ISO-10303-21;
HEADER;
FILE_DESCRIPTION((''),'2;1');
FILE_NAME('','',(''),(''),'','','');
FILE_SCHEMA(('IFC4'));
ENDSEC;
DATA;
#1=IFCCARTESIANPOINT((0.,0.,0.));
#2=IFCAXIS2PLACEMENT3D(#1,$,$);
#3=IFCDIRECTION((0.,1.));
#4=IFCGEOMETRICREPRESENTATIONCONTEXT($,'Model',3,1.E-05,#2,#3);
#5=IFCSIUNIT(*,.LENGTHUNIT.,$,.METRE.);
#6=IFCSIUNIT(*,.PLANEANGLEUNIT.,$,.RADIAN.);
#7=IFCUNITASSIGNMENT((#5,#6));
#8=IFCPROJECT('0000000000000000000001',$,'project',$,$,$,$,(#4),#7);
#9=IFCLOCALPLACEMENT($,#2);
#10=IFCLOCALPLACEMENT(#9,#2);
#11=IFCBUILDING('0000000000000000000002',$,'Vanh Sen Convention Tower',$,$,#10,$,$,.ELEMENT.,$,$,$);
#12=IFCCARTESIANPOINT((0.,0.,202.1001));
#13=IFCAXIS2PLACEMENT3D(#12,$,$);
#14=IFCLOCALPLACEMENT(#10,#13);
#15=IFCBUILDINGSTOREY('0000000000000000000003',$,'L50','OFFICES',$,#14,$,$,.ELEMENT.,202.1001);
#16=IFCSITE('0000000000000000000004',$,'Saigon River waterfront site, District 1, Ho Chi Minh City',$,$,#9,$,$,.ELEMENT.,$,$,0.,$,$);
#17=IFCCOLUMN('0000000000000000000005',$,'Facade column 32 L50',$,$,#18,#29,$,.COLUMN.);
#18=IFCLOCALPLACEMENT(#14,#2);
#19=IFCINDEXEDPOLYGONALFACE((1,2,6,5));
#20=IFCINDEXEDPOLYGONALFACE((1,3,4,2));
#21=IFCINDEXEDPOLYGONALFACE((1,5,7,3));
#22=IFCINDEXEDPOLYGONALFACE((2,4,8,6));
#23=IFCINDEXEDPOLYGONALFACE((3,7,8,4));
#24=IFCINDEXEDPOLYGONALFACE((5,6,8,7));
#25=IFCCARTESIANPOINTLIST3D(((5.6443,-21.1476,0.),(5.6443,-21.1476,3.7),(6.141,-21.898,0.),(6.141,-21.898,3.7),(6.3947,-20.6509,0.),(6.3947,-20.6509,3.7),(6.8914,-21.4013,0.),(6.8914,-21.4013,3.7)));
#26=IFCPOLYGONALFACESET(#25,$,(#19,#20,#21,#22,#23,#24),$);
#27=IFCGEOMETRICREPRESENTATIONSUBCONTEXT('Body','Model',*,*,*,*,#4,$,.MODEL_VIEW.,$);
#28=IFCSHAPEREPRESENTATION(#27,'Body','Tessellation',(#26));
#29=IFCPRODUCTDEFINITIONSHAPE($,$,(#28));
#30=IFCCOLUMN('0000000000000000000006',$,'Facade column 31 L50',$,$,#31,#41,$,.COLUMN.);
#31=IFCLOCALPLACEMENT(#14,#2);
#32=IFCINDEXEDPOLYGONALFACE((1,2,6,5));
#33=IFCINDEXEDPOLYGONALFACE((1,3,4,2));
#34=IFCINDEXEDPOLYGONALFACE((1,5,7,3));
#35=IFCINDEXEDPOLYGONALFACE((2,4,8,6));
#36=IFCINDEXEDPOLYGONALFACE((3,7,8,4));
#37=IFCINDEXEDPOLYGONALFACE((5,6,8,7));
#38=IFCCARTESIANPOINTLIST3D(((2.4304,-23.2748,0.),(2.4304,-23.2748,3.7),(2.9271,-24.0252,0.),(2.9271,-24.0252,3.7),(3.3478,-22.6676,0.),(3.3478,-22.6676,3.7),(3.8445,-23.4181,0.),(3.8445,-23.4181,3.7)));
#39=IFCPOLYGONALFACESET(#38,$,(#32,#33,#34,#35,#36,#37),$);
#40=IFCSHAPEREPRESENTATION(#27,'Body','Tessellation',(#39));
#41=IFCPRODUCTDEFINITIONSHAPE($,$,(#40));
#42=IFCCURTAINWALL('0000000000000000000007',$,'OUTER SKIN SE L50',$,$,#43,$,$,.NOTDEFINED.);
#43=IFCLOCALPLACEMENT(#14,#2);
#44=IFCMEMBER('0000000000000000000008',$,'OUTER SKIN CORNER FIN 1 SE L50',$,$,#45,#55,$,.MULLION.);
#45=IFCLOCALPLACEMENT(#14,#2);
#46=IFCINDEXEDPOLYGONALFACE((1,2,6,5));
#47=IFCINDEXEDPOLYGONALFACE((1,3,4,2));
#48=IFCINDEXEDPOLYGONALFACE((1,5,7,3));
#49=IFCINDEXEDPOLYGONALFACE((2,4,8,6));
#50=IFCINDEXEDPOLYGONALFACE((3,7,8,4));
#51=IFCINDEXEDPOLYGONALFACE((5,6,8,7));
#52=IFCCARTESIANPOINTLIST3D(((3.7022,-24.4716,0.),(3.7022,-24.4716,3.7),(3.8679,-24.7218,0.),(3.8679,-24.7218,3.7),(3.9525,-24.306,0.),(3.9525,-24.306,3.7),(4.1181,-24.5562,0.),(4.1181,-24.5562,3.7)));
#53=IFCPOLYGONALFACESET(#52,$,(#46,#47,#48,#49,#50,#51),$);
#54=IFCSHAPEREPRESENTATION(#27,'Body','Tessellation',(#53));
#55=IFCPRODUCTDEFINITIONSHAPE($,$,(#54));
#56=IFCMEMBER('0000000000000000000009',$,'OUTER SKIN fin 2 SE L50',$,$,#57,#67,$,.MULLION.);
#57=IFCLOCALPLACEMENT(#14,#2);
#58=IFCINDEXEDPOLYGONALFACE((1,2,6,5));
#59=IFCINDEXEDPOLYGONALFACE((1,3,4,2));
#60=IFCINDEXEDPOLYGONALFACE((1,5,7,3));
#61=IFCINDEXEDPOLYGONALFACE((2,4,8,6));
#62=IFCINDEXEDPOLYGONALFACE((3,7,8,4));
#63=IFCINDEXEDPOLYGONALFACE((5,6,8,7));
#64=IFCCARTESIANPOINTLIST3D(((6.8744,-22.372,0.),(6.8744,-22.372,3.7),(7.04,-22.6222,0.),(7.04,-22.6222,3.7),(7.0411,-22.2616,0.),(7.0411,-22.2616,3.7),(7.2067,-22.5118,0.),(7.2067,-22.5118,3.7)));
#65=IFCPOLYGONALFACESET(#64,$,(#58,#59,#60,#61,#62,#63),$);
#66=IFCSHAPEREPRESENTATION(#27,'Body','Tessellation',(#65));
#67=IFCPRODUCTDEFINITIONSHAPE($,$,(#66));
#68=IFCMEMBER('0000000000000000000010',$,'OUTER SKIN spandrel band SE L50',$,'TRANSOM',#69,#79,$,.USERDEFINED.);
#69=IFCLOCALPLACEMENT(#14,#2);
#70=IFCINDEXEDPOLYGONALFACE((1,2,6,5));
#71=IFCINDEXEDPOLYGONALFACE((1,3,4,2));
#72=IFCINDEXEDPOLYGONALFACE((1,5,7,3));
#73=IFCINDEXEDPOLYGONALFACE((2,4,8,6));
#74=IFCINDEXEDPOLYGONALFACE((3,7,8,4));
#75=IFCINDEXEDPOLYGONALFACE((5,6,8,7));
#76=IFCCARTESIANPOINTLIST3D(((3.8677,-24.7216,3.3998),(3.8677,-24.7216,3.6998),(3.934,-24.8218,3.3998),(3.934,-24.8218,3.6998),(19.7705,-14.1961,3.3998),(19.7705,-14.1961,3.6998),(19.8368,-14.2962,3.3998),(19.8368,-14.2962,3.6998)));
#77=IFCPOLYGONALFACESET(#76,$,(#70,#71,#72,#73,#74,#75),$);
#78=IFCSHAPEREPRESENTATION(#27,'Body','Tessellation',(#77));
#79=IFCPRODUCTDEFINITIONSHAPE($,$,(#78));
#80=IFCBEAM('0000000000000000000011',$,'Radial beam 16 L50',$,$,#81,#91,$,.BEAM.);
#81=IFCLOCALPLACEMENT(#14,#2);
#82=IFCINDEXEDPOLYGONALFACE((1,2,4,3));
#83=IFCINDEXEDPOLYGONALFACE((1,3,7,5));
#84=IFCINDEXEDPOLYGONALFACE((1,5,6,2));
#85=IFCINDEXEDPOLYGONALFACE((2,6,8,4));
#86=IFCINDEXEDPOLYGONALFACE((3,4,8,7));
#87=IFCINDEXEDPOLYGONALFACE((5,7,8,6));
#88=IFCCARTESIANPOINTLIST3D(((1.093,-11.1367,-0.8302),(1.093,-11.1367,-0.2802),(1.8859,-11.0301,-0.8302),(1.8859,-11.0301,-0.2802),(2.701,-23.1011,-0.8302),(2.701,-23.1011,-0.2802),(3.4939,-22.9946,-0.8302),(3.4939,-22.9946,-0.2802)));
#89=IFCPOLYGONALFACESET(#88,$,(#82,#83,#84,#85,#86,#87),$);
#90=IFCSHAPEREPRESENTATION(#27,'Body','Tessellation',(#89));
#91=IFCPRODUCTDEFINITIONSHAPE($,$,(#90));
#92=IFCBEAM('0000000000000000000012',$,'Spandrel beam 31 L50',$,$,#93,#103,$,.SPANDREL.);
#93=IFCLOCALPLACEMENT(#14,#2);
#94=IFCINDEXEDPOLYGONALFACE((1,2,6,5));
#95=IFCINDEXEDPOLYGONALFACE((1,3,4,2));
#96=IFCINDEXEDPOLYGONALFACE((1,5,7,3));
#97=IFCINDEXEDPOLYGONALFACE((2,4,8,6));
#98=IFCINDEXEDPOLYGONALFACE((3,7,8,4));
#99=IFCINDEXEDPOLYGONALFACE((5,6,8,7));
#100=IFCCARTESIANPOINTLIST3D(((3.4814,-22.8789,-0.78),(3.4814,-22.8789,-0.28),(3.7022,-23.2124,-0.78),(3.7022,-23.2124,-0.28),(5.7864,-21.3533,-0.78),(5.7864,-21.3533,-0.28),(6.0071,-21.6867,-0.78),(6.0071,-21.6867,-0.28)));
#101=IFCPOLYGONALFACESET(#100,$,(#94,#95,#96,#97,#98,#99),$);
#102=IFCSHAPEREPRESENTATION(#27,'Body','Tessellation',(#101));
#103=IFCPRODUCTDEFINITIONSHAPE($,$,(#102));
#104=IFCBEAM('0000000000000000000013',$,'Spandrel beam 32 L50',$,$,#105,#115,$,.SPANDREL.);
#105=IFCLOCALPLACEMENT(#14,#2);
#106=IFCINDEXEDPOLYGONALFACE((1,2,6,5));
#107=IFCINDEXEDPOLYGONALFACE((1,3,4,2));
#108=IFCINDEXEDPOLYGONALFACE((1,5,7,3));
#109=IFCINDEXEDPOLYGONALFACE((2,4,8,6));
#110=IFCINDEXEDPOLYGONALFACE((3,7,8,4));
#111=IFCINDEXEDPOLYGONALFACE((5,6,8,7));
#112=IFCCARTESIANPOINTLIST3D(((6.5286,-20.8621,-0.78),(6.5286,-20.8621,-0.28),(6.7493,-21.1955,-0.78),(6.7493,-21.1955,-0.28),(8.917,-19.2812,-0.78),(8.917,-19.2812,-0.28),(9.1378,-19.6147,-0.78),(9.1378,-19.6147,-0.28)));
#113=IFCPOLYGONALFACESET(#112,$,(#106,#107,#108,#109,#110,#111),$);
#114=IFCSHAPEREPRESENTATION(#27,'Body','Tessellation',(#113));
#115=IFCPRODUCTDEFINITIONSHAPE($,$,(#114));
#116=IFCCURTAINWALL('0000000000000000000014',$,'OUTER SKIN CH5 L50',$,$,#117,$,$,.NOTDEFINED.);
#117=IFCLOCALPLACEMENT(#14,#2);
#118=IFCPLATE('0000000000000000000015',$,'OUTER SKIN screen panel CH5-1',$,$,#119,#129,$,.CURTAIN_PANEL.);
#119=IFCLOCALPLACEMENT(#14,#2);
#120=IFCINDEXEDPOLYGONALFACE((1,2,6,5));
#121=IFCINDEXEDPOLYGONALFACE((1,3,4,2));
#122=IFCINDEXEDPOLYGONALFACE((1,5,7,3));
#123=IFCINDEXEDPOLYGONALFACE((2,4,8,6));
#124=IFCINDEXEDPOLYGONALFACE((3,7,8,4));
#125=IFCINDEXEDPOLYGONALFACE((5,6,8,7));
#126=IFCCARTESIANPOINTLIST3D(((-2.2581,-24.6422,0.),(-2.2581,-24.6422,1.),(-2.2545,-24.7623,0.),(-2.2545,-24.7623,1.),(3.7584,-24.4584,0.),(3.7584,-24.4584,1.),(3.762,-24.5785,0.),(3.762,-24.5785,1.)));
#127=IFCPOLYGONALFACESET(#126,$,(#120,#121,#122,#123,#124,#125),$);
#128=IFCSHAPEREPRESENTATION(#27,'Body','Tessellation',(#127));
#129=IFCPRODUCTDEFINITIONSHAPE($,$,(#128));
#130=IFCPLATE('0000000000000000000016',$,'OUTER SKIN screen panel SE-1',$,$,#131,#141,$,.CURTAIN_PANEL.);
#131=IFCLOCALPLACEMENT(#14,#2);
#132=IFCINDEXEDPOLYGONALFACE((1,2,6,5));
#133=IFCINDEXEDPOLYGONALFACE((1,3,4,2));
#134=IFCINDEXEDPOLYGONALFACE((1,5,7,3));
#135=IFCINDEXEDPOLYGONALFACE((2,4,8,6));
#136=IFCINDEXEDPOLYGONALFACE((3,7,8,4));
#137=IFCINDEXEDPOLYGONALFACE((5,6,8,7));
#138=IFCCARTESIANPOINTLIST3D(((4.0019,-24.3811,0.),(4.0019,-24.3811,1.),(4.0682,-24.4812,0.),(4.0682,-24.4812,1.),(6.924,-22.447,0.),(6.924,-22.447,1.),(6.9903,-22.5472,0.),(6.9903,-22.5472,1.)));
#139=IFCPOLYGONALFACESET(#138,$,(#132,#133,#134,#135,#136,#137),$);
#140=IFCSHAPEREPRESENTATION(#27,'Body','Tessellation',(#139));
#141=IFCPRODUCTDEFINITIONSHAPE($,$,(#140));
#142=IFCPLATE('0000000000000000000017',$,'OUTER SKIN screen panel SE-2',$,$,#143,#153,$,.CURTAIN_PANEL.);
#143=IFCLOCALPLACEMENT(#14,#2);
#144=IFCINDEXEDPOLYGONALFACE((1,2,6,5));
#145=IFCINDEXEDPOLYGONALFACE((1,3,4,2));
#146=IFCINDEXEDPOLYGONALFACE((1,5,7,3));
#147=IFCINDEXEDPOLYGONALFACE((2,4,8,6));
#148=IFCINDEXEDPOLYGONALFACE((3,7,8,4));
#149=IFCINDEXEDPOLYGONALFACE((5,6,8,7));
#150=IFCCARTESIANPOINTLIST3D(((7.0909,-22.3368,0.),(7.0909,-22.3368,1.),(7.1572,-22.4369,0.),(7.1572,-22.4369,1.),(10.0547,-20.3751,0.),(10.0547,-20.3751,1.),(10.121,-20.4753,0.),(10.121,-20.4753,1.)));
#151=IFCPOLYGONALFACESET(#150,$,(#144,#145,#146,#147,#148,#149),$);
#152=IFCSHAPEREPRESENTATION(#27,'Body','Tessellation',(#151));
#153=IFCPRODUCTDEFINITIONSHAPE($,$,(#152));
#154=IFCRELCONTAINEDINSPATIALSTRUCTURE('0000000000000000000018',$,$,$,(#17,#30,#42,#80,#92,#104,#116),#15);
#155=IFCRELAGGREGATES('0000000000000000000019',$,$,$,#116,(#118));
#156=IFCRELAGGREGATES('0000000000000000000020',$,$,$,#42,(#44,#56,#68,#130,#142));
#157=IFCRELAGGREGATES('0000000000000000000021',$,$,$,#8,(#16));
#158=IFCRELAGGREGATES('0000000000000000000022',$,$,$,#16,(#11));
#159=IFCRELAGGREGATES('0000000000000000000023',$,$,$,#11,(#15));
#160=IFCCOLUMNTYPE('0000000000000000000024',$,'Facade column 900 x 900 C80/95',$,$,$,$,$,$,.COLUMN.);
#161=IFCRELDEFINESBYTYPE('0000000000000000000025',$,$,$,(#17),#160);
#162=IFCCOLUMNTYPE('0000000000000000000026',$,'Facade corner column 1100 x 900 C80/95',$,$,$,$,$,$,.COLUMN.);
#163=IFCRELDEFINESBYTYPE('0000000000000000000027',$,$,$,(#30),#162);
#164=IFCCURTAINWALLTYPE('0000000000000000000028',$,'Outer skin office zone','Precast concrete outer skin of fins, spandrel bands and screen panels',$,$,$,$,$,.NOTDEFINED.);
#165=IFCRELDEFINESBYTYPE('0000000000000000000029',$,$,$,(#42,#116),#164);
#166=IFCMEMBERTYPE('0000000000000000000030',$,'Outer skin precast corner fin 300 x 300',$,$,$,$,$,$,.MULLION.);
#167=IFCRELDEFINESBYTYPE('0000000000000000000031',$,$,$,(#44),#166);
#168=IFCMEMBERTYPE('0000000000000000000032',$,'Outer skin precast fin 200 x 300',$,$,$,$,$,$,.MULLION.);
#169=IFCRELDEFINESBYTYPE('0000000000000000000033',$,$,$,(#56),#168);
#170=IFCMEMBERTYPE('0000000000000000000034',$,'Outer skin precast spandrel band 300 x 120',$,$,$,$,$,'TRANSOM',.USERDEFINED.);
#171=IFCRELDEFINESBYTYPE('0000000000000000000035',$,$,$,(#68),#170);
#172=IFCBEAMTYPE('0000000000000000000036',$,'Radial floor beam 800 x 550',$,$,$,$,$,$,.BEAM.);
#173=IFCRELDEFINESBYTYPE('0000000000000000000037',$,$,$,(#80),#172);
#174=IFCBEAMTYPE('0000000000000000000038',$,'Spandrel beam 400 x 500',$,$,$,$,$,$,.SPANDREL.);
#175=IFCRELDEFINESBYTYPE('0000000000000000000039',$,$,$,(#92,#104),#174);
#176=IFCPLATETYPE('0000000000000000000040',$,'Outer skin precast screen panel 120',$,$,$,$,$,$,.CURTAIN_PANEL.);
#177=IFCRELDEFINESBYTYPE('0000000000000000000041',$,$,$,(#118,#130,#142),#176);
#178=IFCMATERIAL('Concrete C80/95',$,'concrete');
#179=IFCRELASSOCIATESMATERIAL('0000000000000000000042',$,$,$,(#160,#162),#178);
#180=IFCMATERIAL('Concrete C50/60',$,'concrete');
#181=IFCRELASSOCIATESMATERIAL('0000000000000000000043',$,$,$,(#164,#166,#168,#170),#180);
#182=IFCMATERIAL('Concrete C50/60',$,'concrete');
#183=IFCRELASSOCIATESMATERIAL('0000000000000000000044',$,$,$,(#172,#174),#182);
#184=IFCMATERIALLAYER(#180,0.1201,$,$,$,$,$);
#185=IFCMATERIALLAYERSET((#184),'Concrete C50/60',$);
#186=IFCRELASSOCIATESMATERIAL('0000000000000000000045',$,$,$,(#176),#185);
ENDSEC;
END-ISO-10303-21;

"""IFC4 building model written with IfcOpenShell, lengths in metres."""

from ifc_helpers import new_model, si_unit, direction, frame, origin, origin_2d, place, context, subcontext, project, spatial, rectangle, extrude, material, layer, layer_set, material_profile, profile_set, type_object, element, aggregate, save


model = new_model("IFC4")

# Units and contexts
model_context = context("Model", 3, precision=1e-05, world=origin(), true_north=direction((0.0, 1.0)))
body_context = subcontext(model_context, "Body", "Model", "MODEL_VIEW")
ifc_project = project(units=[si_unit("LENGTHUNIT", "METRE"), si_unit("PLANEANGLEUNIT", "RADIAN")], contexts=[model_context])

# Site, building, storey
site_placement = place(None, origin())
site = spatial("IfcSite", under=ifc_project, at=site_placement, Name="Saigon River waterfront site, District 1, Ho Chi Minh City", CompositionType="ELEMENT", RefElevation=0.0)
building_placement = place(site_placement, origin())
building = spatial("IfcBuilding", under=site, at=building_placement, Name="Vanh Sen Convention Tower", CompositionType="ELEMENT")
storey_placement = place(building_placement, frame((0.0, 0.0, 202.1001)))
storey = spatial("IfcBuildingStorey", under=building, at=storey_placement, Name="L50", Description="OFFICES", CompositionType="ELEMENT", Elevation=202.1001)

# Columns
ifc_material_1 = material(Name="Concrete C80/95", Category="concrete")
ifc_material_profile_1 = material_profile(ifc_material_1, rectangle(XDim=0.8999, YDim=0.8999, at=origin_2d()), Name="RC 900X900")
ifc_profile_set_1 = profile_set([ifc_material_profile_1], Name="Concrete C80/95")
column_type_1 = type_object("IfcColumnType", Name="Facade column 900 x 900 C80/95", PredefinedType="COLUMN", material=ifc_profile_set_1)
column_1_placement = place(storey_placement, frame((6.2678, -21.2744, 0.0), z_axis=(0.0, 0.0, 1.0), x_axis=(0.833886, 0.551937, 0.0)))
element("IfcColumn", 1, at=column_1_placement, inside=storey, type_object=column_type_1, Name="Facade column 32 L50", PredefinedType="COLUMN", context=body_context, shape_type="SweptSolid", body=[
    extrude(rectangle(XDim=0.8999, YDim=0.8999, at=origin_2d()), origin(), (0.0, 0.0, 1.0), 3.7),
])
ifc_material_profile_2 = material_profile(ifc_material_1, rectangle(XDim=1.1001, YDim=0.8999, at=origin_2d()), Name="RC 1100X900")
ifc_profile_set_2 = profile_set([ifc_material_profile_2], Name="Concrete C80/95")
column_type_2 = type_object("IfcColumnType", Name="Facade corner column 1100 x 900 C80/95", PredefinedType="COLUMN", material=ifc_profile_set_2)
column_2_placement = place(storey_placement, frame((3.1375, -23.3464, 0.0), z_axis=(0.0, 0.0, 1.0), x_axis=(0.833886, 0.551937, 0.0)))
element("IfcColumn", 2, at=column_2_placement, inside=storey, type_object=column_type_2, Name="Facade column 31 L50", PredefinedType="COLUMN", context=body_context, shape_type="SweptSolid", body=[
    extrude(rectangle(XDim=1.1001, YDim=0.8999, at=origin_2d()), origin(), (0.0, 0.0, 1.0), 3.7),
])

# Curtain wall, members
ifc_material_2 = material(Name="Concrete C50/60", Category="concrete")
curtain_wall_type = type_object("IfcCurtainWallType", Name="Outer skin office zone", Description="Precast concrete outer skin of fins, spandrel bands and screen panels", PredefinedType="NOTDEFINED", material=ifc_material_2)
curtain_wall_1_placement = place(storey_placement, origin())
curtain_wall_1 = element("IfcCurtainWall", 3, at=curtain_wall_1_placement, inside=storey, type_object=curtain_wall_type, Name="OUTER SKIN SE L50", PredefinedType="NOTDEFINED")
ifc_material_profile_3 = material_profile(ifc_material_2, rectangle(XDim=0.3, YDim=0.3, at=origin_2d()), Name="Outer skin precast corner fin 300 x 300")
ifc_profile_set_3 = profile_set([ifc_material_profile_3], Name="Concrete C50/60")
member_type_1 = type_object("IfcMemberType", Name="Outer skin precast corner fin 300 x 300", PredefinedType="MULLION", material=ifc_profile_set_3)
member_1_placement = place(storey_placement, frame((3.9102, -24.5139, 0.0), z_axis=(0.0, 0.0, 1.0), x_axis=(0.833886, 0.551937, 0.0)))
member_1 = element("IfcMember", 4, at=member_1_placement, type_object=member_type_1, Name="OUTER SKIN CORNER FIN 1 SE L50", PredefinedType="MULLION", context=body_context, shape_type="SweptSolid", body=[
    extrude(rectangle(XDim=0.3, YDim=0.3, at=origin_2d()), origin(), (0.0, 0.0, 1.0), 3.7),
])
ifc_material_profile_4 = material_profile(ifc_material_2, rectangle(XDim=0.2, YDim=0.3, at=origin_2d()), Name="Outer skin precast fin 200 x 300")
ifc_profile_set_4 = profile_set([ifc_material_profile_4], Name="Concrete C50/60")
member_type_2 = type_object("IfcMemberType", Name="Outer skin precast fin 200 x 300", PredefinedType="MULLION", material=ifc_profile_set_4)
member_2_placement = place(storey_placement, frame((7.0405, -22.4419, 0.0), z_axis=(0.0, 0.0, 1.0), x_axis=(0.833886, 0.551937, 0.0)))
member_2 = element("IfcMember", 5, at=member_2_placement, type_object=member_type_2, Name="OUTER SKIN fin 2 SE L50", PredefinedType="MULLION", context=body_context, shape_type="SweptSolid", body=[
    extrude(rectangle(XDim=0.2, YDim=0.3, at=origin_2d()), origin(), (0.0, 0.0, 1.0), 3.7),
])
ifc_material_profile_5 = material_profile(ifc_material_2, rectangle(XDim=0.1201, YDim=0.3, at=origin_2d()), Name="Outer skin precast spandrel band 300 x 120")
ifc_profile_set_5 = profile_set([ifc_material_profile_5], Name="Concrete C50/60")
member_type_3 = type_object("IfcMemberType", Name="Outer skin precast spandrel band 300 x 120", ElementType="TRANSOM", PredefinedType="USERDEFINED", material=ifc_profile_set_5)
member_3_placement = place(storey_placement, frame((3.9009, -24.7717, 3.5498), z_axis=(0.833891, 0.551929, 0.0), x_axis=(-0.551929, 0.833891, 0.0)))
member_3 = element("IfcMember", 6, at=member_3_placement, type_object=member_type_3, Name="OUTER SKIN spandrel band SE L50", ObjectType="TRANSOM", PredefinedType="USERDEFINED", context=body_context, shape_type="SweptSolid", body=[
    extrude(rectangle(XDim=0.1201, YDim=0.3, at=origin_2d()), origin(), (0.0, 0.0, 1.0), 19.0706),
])

# Beams
ifc_material_3 = material(Name="Concrete C50/60", Category="concrete")
ifc_material_profile_6 = material_profile(ifc_material_3, rectangle(XDim=0.8, YDim=0.55, at=origin_2d()), Name="RC 800X550")
ifc_profile_set_6 = profile_set([ifc_material_profile_6], Name="Concrete C50/60")
beam_type_1 = type_object("IfcBeamType", Name="Radial floor beam 800 x 550", PredefinedType="BEAM", material=ifc_profile_set_6)
beam_1_placement = place(storey_placement, frame((3.0974, -23.0479, -0.5552), z_axis=(-0.133194, 0.99109, 0.0), x_axis=(-0.99109, -0.133194, 0.0)))
element("IfcBeam", 7, at=beam_1_placement, inside=storey, type_object=beam_type_1, Name="Radial beam 16 L50", PredefinedType="BEAM", context=body_context, shape_type="SweptSolid", body=[
    extrude(rectangle(XDim=0.8, YDim=0.55, at=origin_2d()), origin(), (0.0, 0.0, 1.0), 12.072),
])
ifc_material_profile_7 = material_profile(ifc_material_3, rectangle(XDim=0.3999, YDim=0.5, at=origin_2d()), Name="RC 400X500")
ifc_profile_set_7 = profile_set([ifc_material_profile_7], Name="Concrete C50/60")
beam_type_2 = type_object("IfcBeamType", Name="Spandrel beam 400 x 500", PredefinedType="SPANDREL", material=ifc_profile_set_7)
beam_2_placement = place(storey_placement, frame((3.5918, -23.0457, -0.53), z_axis=(0.83388, 0.551945, 0.0), x_axis=(-0.551945, 0.83388, 0.0)))
element("IfcBeam", 8, at=beam_2_placement, inside=storey, type_object=beam_type_2, Name="Spandrel beam 31 L50", PredefinedType="SPANDREL", context=body_context, shape_type="SweptSolid", body=[
    extrude(rectangle(XDim=0.3999, YDim=0.5, at=origin_2d()), origin(), (0.0, 0.0, 1.0), 2.7642),
])
beam_3_placement = place(storey_placement, frame((6.6389, -21.0288, -0.53), z_axis=(0.833895, 0.551924, 0.0), x_axis=(-0.551924, 0.833895, 0.0)))
element("IfcBeam", 9, at=beam_3_placement, inside=storey, type_object=beam_type_2, Name="Spandrel beam 32 L50", PredefinedType="SPANDREL", context=body_context, shape_type="SweptSolid", body=[
    extrude(rectangle(XDim=0.3999, YDim=0.5, at=origin_2d()), origin(), (0.0, 0.0, 1.0), 2.8643),
])

# Curtain wall, plate
curtain_wall_2_placement = place(storey_placement, origin())
curtain_wall_2 = element("IfcCurtainWall", 10, at=curtain_wall_2_placement, inside=storey, type_object=curtain_wall_type, Name="OUTER SKIN CH5 L50", PredefinedType="NOTDEFINED")
ifc_layer_1 = layer(ifc_material_2, 0.1201)
ifc_layer_set_1 = layer_set([ifc_layer_1], Name="Concrete C50/60")
plate_type = type_object("IfcPlateType", Name="Outer skin precast screen panel 120", PredefinedType="CURTAIN_PANEL", material=ifc_layer_set_1)
plate_1_placement = place(storey_placement, frame((0.752, -24.6104, 0.0), z_axis=(0.0, 0.0, 1.0), x_axis=(0.999534, 0.03054, 0.0)))
plate_1 = element("IfcPlate", 11, at=plate_1_placement, type_object=plate_type, Name="OUTER SKIN screen panel CH5-1", PredefinedType="CURTAIN_PANEL", context=body_context, shape_type="SweptSolid", body=[
    extrude(rectangle(XDim=6.0193, YDim=0.1201, at=origin_2d()), origin(), (0.0, 0.0, 1.0), 1.0),
])
aggregate(curtain_wall_2, [plate_1])

# Plates
plate_2_placement = place(storey_placement, frame((5.4961, -23.4641, 0.0), z_axis=(0.0, 0.0, 1.0), x_axis=(0.83389, 0.551931, 0.0)))
plate_2 = element("IfcPlate", 12, at=plate_2_placement, type_object=plate_type, Name="OUTER SKIN screen panel SE-1", PredefinedType="CURTAIN_PANEL", context=body_context, shape_type="SweptSolid", body=[
    extrude(rectangle(XDim=3.5042, YDim=0.1201, at=origin_2d()), origin(), (0.0, 0.0, 1.0), 1.0),
])
plate_3_placement = place(storey_placement, frame((8.606, -21.406, 0.0), z_axis=(0.0, 0.0, 1.0), x_axis=(0.83389, 0.551931, 0.0)))
plate_3 = element("IfcPlate", 13, at=plate_3_placement, type_object=plate_type, Name="OUTER SKIN screen panel SE-2", PredefinedType="CURTAIN_PANEL", context=body_context, shape_type="SweptSolid", body=[
    extrude(rectangle(XDim=3.5542, YDim=0.1201, at=origin_2d()), origin(), (0.0, 0.0, 1.0), 1.0),
])
aggregate(curtain_wall_1, [member_1, member_2, member_3, plate_2, plate_3])

save(model, "model.ifc")
